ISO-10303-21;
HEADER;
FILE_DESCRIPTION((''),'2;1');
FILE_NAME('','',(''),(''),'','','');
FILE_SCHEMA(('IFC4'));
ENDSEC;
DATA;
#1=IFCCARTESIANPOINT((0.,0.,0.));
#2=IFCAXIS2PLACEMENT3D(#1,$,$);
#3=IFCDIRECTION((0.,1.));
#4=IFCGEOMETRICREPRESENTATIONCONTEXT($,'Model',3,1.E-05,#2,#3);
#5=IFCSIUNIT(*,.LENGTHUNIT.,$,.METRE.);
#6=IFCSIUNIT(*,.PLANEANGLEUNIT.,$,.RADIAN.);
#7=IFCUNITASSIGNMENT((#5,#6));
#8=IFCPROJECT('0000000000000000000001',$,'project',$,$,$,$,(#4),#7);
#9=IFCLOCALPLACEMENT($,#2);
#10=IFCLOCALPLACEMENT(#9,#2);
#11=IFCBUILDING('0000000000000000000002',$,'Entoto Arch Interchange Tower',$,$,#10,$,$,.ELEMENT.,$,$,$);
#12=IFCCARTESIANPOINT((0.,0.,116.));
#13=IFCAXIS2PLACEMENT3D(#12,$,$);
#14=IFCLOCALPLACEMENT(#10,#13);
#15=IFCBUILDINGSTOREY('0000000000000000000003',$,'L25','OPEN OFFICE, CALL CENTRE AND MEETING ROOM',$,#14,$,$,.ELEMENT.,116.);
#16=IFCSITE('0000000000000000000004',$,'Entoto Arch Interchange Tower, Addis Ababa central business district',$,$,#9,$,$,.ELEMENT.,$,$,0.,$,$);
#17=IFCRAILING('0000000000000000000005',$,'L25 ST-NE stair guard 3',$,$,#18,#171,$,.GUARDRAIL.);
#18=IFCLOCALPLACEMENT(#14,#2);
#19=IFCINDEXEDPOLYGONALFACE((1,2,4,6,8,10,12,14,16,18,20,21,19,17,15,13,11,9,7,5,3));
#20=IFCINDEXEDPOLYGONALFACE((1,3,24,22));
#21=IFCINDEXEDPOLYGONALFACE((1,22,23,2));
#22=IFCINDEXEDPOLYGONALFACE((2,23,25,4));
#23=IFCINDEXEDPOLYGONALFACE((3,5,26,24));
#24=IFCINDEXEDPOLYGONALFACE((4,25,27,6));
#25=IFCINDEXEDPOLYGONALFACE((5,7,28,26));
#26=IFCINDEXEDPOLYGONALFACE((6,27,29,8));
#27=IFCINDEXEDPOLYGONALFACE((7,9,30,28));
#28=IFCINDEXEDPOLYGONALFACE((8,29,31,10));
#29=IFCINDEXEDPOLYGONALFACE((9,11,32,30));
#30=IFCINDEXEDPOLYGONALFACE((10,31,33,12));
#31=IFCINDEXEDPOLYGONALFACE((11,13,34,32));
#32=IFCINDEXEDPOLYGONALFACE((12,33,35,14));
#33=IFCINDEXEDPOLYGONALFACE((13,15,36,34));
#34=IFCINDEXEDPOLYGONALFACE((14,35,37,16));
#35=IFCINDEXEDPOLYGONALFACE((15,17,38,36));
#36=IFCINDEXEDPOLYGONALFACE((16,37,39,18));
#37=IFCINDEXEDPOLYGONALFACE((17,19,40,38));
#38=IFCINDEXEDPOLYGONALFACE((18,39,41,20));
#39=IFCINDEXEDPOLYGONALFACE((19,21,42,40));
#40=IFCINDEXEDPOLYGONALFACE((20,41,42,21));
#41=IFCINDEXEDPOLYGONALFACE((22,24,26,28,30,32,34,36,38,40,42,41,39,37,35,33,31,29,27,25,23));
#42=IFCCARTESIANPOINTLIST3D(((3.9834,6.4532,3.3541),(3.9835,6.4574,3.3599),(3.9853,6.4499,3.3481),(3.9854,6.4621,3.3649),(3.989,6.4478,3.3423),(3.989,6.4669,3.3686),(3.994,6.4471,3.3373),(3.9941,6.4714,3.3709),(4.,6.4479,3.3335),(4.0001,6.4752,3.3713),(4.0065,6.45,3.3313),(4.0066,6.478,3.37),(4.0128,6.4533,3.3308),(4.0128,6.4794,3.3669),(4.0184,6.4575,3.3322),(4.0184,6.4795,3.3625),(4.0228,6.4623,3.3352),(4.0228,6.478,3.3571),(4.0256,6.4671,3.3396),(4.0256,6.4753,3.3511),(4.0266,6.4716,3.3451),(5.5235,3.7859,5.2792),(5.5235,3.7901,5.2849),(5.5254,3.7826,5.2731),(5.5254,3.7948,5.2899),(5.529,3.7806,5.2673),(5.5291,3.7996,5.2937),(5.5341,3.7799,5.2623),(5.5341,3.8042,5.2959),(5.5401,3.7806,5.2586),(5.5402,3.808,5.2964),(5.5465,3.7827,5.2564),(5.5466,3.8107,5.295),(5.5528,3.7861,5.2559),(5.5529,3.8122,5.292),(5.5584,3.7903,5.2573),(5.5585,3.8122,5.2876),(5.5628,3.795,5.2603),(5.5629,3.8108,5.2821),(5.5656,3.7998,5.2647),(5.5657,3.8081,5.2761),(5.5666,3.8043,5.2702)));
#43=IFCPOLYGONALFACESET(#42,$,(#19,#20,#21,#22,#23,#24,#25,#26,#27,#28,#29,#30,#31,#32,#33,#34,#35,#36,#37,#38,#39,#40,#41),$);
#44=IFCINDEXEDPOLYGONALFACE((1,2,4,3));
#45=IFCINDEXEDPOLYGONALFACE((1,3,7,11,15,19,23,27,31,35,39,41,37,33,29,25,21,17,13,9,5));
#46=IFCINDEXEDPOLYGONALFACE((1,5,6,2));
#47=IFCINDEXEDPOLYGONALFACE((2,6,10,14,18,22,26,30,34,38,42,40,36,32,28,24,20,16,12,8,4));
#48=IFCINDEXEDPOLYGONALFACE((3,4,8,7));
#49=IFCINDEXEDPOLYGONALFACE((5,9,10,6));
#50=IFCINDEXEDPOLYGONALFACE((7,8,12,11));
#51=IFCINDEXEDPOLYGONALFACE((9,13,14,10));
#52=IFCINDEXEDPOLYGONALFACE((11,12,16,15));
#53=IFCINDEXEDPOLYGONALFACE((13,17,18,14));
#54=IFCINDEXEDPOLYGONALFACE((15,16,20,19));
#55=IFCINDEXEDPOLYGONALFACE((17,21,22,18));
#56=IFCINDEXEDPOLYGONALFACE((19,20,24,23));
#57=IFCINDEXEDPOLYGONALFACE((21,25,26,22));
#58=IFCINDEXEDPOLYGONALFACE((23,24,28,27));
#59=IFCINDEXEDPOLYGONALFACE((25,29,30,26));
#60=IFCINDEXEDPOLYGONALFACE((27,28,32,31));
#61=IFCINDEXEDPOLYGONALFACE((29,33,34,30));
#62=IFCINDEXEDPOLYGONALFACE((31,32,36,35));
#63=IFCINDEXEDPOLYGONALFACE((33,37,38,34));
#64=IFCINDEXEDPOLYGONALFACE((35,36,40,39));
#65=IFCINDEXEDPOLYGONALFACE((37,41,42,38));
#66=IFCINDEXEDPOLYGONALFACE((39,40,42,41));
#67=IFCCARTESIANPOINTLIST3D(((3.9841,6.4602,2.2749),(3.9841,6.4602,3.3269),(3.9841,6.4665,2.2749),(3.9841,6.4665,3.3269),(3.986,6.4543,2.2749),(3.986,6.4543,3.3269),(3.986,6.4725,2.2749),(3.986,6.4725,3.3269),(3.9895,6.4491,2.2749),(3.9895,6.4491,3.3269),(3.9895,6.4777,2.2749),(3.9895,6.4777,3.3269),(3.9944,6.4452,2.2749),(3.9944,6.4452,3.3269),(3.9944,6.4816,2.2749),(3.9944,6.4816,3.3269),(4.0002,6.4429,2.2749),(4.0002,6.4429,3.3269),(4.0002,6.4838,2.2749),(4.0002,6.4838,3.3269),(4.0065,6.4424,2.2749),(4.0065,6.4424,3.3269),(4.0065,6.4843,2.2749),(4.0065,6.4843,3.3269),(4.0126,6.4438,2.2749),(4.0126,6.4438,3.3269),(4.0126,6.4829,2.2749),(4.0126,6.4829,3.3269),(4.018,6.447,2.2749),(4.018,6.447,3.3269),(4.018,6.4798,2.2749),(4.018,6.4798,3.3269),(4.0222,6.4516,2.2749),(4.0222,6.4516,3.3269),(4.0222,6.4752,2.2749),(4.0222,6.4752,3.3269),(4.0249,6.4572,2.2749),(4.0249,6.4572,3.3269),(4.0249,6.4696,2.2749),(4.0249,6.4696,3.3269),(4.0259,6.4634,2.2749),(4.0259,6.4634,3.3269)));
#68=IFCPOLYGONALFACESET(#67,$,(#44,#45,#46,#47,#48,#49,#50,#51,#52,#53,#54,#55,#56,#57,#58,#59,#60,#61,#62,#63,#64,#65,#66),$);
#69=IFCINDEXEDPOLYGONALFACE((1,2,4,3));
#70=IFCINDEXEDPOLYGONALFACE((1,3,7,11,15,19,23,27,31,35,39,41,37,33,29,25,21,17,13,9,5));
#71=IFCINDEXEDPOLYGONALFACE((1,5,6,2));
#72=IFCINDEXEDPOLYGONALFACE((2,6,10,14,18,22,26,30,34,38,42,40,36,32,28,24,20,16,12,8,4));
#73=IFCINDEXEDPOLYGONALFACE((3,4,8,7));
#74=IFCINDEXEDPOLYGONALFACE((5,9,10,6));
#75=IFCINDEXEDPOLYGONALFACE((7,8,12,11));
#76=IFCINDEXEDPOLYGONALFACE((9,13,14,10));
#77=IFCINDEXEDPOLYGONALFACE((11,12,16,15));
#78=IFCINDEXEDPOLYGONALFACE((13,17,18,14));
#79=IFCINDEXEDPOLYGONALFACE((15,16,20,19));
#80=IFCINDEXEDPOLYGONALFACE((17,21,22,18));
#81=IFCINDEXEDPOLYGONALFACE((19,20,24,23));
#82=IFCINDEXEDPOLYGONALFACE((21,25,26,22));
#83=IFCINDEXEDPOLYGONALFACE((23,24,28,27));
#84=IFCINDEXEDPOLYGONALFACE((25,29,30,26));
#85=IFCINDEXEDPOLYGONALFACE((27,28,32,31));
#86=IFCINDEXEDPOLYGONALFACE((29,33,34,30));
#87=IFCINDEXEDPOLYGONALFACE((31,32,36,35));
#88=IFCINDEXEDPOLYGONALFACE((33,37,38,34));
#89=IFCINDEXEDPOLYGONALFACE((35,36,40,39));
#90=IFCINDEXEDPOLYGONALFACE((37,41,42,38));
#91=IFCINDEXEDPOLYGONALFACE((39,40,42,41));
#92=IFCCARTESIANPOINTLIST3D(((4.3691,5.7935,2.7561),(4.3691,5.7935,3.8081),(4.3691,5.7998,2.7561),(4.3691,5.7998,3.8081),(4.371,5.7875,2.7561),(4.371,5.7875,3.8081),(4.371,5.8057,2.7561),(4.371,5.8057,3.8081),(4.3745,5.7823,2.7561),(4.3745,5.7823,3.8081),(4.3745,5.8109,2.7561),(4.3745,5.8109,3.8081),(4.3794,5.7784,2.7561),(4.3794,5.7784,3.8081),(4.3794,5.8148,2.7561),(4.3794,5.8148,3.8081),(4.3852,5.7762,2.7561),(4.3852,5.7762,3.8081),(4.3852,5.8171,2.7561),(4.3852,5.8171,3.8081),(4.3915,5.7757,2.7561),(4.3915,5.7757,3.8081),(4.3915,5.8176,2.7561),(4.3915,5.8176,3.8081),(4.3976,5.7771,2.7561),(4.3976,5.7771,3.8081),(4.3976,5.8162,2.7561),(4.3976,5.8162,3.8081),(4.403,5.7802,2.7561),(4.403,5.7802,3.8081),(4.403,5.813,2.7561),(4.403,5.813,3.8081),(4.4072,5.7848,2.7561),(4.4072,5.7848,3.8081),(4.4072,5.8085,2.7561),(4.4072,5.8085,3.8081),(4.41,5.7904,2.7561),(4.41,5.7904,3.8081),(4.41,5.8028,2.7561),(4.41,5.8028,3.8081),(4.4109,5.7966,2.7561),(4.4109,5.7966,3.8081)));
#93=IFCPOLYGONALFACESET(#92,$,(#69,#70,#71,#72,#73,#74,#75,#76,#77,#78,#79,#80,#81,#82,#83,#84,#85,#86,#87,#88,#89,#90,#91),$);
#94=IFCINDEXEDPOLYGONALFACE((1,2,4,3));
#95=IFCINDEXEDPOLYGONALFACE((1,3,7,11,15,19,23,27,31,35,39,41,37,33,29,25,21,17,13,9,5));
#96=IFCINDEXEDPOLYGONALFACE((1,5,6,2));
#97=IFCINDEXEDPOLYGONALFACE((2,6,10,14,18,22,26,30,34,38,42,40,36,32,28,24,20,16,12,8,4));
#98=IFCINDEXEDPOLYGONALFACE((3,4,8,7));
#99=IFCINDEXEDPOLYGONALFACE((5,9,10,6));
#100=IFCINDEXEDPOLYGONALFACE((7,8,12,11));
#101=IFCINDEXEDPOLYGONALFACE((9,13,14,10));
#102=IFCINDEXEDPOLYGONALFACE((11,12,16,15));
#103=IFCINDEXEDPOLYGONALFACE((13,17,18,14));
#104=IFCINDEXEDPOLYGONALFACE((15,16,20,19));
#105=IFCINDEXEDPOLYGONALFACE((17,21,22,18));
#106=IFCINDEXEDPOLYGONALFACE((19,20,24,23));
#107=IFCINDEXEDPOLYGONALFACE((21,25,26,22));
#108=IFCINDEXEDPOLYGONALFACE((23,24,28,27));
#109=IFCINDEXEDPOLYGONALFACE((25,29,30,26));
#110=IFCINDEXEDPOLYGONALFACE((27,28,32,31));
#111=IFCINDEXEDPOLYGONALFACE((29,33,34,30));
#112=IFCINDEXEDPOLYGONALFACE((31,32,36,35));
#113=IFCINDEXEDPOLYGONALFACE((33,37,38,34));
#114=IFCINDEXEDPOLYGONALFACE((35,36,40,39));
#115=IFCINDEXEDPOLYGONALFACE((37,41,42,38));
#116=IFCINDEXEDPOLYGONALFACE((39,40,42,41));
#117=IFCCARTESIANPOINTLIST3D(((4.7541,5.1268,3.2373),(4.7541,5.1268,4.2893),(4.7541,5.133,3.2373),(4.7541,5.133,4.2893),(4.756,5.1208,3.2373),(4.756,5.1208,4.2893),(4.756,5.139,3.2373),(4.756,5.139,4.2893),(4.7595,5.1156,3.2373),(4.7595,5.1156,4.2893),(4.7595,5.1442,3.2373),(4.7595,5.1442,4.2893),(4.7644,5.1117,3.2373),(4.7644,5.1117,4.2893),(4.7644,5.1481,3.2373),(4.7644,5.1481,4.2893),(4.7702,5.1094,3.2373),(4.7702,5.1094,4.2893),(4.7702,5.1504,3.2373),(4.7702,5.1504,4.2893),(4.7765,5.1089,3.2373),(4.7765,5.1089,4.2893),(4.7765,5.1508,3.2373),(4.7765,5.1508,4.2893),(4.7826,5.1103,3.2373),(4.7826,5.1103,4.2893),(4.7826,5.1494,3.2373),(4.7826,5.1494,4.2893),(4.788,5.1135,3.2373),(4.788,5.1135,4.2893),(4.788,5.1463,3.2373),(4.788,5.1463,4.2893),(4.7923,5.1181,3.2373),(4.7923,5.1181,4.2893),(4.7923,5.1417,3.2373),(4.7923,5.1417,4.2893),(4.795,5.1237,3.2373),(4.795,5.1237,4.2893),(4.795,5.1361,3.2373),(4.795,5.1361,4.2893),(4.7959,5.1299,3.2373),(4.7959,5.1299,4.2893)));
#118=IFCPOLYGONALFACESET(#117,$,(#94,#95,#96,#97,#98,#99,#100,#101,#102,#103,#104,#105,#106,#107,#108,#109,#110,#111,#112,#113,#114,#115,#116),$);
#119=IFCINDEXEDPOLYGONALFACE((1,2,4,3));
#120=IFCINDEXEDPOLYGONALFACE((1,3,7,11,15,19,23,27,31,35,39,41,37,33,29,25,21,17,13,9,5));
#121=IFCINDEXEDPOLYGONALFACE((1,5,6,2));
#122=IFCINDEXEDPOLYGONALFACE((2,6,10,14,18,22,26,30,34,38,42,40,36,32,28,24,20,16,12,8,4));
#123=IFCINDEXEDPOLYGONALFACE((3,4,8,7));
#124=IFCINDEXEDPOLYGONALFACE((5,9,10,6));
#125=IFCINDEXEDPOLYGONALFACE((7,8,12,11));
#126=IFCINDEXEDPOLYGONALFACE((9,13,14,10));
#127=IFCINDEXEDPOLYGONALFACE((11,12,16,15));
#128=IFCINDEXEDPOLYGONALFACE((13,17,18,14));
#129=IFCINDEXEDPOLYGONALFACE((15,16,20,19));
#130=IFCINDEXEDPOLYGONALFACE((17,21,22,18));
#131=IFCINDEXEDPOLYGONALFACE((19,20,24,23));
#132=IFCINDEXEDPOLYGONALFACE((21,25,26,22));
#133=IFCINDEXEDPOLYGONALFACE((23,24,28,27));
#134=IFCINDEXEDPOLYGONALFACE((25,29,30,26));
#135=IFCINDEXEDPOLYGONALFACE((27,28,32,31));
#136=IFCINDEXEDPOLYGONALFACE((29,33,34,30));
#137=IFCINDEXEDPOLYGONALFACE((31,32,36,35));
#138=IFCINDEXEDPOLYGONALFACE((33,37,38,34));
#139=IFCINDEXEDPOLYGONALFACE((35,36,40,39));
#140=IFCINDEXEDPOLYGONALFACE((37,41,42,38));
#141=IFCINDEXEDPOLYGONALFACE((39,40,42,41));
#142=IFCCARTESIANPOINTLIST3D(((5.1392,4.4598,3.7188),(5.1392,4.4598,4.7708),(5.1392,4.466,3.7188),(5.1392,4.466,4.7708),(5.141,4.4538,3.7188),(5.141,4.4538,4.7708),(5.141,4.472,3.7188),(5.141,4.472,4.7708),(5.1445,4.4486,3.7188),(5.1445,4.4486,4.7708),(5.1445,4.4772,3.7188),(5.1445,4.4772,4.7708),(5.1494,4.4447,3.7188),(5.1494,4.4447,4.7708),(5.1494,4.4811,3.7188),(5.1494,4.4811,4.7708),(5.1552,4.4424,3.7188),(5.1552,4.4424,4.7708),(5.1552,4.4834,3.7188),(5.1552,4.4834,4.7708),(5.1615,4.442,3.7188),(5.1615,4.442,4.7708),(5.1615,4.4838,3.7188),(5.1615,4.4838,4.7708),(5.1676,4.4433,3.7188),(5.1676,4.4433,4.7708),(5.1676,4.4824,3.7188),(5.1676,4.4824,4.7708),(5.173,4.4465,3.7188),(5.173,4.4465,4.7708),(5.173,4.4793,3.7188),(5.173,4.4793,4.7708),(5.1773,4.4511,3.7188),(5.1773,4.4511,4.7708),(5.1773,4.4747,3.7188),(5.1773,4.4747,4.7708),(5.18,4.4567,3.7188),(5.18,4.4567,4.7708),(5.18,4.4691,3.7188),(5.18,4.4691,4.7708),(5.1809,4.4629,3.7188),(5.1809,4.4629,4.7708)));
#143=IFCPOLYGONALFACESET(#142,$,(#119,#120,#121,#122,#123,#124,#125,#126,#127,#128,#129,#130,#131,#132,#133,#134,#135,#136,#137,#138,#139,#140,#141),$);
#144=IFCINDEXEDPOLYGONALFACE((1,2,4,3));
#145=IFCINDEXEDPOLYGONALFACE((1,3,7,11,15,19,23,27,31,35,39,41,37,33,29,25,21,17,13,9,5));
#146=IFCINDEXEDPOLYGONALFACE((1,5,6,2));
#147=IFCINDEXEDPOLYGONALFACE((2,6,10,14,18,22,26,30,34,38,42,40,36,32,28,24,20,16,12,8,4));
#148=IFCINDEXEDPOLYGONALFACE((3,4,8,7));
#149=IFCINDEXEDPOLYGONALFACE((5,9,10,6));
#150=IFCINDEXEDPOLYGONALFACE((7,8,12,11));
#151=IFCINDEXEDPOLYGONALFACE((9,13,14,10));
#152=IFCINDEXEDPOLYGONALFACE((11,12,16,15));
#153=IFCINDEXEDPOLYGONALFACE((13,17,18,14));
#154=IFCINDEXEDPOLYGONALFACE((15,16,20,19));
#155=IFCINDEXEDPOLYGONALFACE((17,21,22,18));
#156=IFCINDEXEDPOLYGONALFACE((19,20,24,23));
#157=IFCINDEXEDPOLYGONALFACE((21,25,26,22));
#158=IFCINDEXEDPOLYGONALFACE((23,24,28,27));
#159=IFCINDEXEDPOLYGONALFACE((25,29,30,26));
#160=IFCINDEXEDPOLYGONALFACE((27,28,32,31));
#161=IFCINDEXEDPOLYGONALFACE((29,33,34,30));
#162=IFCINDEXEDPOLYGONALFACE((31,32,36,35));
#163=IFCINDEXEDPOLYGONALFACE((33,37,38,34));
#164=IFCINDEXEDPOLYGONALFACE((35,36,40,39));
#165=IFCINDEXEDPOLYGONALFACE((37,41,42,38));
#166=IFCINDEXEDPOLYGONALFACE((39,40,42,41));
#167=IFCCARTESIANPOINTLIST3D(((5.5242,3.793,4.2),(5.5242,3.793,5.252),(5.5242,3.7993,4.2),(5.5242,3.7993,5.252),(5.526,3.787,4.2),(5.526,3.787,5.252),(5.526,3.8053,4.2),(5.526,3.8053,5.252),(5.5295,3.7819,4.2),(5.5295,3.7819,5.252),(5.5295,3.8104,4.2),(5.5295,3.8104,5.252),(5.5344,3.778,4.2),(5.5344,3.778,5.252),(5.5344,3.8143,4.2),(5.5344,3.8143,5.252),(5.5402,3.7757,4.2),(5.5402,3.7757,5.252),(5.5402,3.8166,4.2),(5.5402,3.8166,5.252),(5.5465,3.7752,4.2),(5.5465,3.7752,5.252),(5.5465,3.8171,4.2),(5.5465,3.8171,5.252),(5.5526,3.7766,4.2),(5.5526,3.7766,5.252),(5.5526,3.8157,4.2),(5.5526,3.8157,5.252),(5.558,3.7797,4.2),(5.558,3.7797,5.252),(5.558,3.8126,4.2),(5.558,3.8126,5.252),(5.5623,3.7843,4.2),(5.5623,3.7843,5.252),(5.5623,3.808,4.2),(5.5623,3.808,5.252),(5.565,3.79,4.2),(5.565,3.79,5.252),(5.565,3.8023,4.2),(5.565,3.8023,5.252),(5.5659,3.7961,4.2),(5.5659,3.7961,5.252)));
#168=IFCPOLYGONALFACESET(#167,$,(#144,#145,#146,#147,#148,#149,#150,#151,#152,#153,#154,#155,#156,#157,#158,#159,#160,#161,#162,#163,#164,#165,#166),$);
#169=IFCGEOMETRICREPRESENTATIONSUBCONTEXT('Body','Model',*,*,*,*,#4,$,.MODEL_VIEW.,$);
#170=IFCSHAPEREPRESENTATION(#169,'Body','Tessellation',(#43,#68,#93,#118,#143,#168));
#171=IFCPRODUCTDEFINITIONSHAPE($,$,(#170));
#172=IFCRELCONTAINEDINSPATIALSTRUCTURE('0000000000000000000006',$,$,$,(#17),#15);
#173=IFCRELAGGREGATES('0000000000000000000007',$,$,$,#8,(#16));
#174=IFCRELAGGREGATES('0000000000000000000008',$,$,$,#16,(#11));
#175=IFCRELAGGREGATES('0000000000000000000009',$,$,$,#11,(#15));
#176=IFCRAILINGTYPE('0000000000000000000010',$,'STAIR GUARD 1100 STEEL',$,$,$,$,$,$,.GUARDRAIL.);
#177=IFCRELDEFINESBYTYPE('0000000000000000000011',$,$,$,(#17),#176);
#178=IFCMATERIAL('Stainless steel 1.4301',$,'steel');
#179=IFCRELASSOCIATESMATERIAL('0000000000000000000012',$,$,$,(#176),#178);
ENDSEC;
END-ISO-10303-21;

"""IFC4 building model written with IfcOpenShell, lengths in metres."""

from ifc_helpers import new_model, si_unit, direction, frame, origin, origin_2d, place, context, subcontext, project, spatial, circle, extrude, material, type_object, element, save


model = new_model("IFC4")

# Units and contexts
model_context = context("Model", 3, precision=1e-05, world=origin(), true_north=direction((0.0, 1.0)))
body_context = subcontext(model_context, "Body", "Model", "MODEL_VIEW")
ifc_project = project(units=[si_unit("LENGTHUNIT", "METRE"), si_unit("PLANEANGLEUNIT", "RADIAN")], contexts=[model_context])

# Site, building, storey
site_placement = place(None, origin())
site = spatial("IfcSite", under=ifc_project, at=site_placement, Name="Entoto Arch Interchange Tower, Addis Ababa central business district", CompositionType="ELEMENT", RefElevation=0.0)
building_placement = place(site_placement, origin())
building = spatial("IfcBuilding", under=site, at=building_placement, Name="Entoto Arch Interchange Tower", CompositionType="ELEMENT")
storey_placement = place(building_placement, frame((0.0, 0.0, 116.0)))
storey = spatial("IfcBuildingStorey", under=building, at=storey_placement, Name="L25", Description="OPEN OFFICE, CALL CENTRE AND MEETING ROOM", CompositionType="ELEMENT", Elevation=116.0)

# Railing
ifc_material_1 = material(Name="Stainless steel 1.4301", Category="steel")
railing_type_1 = type_object("IfcRailingType", Name="STAIR GUARD 1100 STEEL", PredefinedType="GUARDRAIL", material=ifc_material_1)
railing_1_placement = place(storey_placement, frame((4.0049, 6.4634, 2.2749)))
element("IfcRailing", 1, at=railing_1_placement, inside=storey, type_object=railing_type_1, Name="L25 ST-NE stair guard 3", PredefinedType="GUARDRAIL", context=body_context, shape_type="SweptSolid", body=[
    extrude(circle(Radius=0.0239, at=origin_2d()), frame((0.0, 0.0, 1.0762), z_axis=(0.424015, -0.734364, 0.530019), x_axis=(0.86601, 0.500027, 0.0)), (0.0, 0.0, 1.0), 3.6321),
    extrude(circle(Radius=0.021, at=origin_2d()), origin(), (0.0, 0.0, 1.0), 1.052),
    extrude(circle(Radius=0.021, at=origin_2d()), frame((0.385, -0.6667, 0.4812)), (0.0, 0.0, 1.0), 1.052),
    extrude(circle(Radius=0.021, at=origin_2d()), frame((0.77, -1.3335, 0.9624)), (0.0, 0.0, 1.0), 1.052),
    extrude(circle(Radius=0.021, at=origin_2d()), frame((1.155, -2.0005, 1.4438)), (0.0, 0.0, 1.0), 1.052),
    extrude(circle(Radius=0.021, at=origin_2d()), frame((1.54, -2.6672, 1.925)), (0.0, 0.0, 1.0), 1.052),
])

save(model, "model.ifc")
